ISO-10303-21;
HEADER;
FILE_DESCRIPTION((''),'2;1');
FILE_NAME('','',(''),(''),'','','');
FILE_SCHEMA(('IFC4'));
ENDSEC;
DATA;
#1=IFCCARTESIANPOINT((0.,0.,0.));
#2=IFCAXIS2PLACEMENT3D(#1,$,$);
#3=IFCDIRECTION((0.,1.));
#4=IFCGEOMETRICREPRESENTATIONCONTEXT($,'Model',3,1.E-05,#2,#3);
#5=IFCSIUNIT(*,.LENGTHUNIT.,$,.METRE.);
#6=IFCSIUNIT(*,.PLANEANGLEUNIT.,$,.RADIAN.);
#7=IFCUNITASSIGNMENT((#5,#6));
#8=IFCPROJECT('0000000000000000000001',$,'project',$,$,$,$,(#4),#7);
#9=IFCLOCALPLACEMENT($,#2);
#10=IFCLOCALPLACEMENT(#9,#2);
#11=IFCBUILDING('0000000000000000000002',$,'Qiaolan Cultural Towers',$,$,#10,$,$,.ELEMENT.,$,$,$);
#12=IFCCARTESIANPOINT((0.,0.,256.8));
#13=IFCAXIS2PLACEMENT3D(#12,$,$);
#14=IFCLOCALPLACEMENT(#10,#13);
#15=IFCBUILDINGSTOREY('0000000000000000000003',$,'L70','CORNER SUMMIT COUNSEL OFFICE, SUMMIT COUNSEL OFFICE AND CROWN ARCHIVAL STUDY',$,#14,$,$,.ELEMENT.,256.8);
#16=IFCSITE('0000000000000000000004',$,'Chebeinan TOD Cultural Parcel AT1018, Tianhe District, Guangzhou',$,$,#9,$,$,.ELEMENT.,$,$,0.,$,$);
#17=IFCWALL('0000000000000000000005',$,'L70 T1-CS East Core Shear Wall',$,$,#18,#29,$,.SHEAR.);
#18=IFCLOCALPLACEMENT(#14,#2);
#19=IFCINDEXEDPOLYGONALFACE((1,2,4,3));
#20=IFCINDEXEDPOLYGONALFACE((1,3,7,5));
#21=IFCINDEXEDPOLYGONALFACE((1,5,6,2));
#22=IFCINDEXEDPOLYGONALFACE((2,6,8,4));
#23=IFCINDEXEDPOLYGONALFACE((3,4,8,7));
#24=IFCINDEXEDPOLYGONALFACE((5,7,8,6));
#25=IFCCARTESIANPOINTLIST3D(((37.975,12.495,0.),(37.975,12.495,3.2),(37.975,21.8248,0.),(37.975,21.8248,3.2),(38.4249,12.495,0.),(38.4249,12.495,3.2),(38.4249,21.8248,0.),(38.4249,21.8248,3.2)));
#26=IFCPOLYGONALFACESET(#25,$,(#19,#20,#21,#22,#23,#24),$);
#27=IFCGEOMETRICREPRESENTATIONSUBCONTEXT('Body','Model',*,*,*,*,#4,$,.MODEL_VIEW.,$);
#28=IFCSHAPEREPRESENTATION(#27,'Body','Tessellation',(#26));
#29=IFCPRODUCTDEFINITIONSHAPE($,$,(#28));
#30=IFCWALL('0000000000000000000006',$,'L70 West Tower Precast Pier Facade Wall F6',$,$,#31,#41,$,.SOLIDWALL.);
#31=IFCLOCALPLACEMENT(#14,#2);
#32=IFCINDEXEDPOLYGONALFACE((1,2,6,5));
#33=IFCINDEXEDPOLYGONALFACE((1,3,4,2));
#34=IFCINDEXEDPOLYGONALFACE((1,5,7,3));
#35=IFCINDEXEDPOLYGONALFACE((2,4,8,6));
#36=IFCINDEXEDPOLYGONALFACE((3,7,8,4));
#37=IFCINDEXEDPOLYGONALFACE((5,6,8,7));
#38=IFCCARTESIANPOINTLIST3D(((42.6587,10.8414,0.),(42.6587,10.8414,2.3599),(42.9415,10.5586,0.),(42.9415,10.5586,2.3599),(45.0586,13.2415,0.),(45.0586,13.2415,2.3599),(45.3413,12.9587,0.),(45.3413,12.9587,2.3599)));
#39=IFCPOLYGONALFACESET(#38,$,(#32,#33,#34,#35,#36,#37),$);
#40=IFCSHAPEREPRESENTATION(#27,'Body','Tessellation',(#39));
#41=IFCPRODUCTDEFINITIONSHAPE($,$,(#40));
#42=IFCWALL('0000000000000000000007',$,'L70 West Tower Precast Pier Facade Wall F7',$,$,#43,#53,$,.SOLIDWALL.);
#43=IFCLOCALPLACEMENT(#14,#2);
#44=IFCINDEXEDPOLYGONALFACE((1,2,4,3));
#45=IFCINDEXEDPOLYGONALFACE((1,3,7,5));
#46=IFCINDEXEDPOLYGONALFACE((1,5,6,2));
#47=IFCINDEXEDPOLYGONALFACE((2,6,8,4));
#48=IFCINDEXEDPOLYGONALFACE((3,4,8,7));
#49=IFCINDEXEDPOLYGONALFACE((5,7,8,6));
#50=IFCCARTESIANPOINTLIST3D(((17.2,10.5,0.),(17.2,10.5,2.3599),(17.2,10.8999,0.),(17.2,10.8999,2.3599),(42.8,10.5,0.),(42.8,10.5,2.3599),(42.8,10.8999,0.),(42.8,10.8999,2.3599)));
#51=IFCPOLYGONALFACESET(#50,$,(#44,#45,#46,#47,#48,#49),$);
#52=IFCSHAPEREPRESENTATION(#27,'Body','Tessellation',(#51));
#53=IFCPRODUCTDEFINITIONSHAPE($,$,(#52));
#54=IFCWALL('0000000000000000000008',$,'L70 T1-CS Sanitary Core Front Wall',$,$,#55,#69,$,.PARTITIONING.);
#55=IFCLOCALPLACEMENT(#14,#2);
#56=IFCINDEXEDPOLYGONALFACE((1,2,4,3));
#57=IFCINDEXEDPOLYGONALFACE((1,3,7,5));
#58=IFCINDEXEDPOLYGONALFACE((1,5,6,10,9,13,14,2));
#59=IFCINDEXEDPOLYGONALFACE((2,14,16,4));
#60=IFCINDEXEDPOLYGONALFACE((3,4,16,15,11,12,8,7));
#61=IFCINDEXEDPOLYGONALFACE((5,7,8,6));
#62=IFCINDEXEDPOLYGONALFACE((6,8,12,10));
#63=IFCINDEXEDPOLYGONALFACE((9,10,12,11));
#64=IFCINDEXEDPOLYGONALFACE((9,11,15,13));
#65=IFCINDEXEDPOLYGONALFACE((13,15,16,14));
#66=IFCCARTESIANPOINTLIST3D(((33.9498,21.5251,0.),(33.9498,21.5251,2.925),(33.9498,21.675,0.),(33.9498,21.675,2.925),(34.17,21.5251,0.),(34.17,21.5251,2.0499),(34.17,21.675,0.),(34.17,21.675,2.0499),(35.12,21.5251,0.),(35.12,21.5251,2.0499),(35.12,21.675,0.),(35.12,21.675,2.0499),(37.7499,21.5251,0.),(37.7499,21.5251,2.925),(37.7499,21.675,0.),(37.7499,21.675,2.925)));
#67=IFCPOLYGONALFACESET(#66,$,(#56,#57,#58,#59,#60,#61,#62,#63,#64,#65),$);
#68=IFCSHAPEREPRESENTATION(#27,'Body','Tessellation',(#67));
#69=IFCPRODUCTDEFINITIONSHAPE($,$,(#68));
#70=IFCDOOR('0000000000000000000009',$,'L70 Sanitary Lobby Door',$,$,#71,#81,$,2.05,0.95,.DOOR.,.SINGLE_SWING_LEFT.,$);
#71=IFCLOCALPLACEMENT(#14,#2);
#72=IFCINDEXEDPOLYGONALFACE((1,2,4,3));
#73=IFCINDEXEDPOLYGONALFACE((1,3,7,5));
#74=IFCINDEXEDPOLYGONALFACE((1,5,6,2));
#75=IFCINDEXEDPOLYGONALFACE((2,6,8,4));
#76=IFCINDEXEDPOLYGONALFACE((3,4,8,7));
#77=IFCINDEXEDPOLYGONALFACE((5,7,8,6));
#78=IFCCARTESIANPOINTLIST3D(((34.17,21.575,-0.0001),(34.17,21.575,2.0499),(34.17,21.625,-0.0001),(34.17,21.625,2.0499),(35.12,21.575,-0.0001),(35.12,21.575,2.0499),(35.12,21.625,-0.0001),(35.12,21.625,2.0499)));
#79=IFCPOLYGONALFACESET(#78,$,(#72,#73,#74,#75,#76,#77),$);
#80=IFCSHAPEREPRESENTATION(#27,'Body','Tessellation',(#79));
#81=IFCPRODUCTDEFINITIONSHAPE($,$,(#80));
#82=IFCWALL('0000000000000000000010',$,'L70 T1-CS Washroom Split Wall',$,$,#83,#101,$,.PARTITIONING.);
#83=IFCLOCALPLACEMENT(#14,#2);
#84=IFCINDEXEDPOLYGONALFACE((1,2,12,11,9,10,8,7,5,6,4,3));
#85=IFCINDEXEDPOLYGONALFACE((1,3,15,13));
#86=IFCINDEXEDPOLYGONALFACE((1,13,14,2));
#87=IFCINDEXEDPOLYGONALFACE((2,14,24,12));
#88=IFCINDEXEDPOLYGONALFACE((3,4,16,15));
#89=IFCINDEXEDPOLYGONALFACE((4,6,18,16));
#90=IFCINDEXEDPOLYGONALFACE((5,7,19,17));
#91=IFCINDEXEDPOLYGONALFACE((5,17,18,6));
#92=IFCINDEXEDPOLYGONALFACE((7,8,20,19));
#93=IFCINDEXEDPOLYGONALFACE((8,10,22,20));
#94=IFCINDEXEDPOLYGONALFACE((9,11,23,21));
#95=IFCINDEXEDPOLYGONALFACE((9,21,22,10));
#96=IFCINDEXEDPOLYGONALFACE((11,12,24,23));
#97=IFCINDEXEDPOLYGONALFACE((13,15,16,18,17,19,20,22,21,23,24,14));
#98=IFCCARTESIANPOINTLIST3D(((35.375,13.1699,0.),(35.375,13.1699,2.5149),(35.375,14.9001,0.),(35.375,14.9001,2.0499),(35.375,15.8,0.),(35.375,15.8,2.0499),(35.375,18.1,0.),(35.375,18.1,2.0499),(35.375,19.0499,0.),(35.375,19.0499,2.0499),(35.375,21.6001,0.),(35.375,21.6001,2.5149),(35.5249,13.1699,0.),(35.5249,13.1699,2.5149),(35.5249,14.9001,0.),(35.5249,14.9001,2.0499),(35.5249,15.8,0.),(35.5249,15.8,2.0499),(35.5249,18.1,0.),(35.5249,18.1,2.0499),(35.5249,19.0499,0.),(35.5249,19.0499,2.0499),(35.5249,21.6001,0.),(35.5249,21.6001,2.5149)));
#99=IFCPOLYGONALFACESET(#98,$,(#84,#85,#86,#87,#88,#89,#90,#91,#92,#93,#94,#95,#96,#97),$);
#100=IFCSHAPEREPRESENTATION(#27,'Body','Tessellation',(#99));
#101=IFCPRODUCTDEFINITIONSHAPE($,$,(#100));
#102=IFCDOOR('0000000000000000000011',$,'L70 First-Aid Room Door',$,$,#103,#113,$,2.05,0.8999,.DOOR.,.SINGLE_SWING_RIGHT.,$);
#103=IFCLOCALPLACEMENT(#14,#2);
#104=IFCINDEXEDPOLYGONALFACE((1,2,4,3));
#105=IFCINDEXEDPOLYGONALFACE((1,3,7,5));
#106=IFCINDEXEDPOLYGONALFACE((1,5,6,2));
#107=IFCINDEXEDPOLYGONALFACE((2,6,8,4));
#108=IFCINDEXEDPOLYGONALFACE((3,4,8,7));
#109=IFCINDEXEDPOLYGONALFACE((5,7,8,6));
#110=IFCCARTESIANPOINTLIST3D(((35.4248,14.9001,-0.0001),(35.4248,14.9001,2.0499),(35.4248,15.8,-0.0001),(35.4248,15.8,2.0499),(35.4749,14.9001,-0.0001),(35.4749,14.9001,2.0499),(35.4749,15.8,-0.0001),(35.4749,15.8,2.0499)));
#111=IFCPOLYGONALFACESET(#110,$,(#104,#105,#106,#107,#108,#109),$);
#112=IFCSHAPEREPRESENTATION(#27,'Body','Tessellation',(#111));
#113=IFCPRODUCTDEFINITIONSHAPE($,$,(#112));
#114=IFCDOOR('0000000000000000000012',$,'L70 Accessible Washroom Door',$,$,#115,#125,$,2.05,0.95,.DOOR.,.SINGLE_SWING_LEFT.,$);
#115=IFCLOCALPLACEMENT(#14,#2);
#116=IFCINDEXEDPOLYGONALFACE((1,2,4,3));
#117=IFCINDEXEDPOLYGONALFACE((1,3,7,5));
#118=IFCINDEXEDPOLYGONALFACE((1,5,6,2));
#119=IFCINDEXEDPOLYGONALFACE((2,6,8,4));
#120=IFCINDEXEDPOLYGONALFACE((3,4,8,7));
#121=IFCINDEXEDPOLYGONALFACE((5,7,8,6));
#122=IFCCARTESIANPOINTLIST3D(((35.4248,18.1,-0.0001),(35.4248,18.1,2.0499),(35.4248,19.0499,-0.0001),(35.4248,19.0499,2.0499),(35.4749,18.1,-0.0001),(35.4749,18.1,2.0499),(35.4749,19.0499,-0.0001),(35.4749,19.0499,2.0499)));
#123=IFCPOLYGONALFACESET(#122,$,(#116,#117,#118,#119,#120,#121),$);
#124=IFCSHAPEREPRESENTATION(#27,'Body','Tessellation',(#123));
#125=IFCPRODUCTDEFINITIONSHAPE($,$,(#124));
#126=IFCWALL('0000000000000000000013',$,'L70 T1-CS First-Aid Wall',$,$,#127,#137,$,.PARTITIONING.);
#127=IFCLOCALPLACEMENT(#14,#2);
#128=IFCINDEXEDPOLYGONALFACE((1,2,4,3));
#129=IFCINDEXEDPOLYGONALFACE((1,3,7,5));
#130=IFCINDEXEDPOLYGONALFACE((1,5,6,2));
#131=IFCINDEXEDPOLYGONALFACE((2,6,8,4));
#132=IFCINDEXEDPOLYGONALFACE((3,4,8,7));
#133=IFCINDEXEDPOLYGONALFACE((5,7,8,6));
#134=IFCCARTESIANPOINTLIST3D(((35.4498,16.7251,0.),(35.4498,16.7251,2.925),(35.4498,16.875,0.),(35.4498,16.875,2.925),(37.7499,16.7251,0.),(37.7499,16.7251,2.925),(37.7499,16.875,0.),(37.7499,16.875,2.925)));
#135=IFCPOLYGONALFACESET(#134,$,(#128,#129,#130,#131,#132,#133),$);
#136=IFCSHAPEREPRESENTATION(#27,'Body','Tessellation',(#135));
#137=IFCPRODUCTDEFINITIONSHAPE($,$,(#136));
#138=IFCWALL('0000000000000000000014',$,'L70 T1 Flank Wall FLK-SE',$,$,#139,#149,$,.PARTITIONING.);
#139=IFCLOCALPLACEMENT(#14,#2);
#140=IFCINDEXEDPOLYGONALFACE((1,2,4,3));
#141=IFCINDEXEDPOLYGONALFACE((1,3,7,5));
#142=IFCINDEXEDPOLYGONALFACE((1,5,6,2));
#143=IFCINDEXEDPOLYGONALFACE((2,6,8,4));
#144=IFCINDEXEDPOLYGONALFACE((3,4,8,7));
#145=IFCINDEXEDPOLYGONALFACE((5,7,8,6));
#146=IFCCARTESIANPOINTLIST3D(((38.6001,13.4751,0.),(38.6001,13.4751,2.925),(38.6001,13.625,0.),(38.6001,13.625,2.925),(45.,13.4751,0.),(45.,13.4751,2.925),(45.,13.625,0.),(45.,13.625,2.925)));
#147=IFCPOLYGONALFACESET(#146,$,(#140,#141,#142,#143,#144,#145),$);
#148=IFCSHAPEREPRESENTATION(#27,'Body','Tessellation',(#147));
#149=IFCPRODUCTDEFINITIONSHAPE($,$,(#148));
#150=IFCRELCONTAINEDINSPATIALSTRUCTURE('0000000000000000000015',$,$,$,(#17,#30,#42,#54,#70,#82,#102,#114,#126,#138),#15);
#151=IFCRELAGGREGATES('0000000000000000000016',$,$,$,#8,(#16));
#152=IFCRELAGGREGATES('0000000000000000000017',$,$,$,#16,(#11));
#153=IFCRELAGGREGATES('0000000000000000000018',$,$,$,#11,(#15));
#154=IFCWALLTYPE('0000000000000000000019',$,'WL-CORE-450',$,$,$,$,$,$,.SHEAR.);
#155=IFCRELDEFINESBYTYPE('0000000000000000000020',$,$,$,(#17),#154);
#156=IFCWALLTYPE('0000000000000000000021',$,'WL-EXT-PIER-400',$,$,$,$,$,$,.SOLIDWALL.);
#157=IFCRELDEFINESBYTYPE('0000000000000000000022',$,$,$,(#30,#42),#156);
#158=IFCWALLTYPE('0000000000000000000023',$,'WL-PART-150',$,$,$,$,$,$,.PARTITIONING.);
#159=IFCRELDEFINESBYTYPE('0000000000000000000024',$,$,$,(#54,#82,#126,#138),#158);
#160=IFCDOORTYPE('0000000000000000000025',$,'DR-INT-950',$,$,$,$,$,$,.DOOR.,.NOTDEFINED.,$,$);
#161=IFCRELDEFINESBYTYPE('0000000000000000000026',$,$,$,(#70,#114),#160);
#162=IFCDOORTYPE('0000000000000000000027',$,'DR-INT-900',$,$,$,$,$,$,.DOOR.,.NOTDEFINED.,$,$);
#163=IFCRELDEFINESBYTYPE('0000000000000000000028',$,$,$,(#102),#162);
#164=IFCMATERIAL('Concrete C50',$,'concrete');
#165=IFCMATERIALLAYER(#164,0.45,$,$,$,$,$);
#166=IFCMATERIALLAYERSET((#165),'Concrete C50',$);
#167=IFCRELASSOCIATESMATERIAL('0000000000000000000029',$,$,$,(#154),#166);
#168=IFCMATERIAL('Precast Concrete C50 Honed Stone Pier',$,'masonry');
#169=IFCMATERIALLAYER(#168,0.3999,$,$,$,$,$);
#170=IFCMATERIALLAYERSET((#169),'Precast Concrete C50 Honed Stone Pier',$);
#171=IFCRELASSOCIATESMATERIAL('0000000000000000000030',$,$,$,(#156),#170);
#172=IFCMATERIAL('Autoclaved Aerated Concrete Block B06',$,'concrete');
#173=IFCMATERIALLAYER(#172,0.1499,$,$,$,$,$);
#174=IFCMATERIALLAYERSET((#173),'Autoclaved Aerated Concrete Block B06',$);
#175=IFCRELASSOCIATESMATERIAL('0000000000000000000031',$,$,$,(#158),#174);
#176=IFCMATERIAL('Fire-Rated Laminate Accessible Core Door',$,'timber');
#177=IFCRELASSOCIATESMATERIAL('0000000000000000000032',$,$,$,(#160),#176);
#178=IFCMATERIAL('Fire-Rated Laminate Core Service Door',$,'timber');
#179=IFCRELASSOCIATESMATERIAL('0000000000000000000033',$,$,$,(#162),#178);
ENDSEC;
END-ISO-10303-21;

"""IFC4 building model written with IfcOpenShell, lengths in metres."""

from ifc_helpers import new_model, si_unit, direction, frame, frame_2d, origin, place, context, subcontext, project, spatial, rectangle, extrude, material, layer, layer_set, type_object, element, fill, save


model = new_model("IFC4")

# Units and contexts
model_context = context("Model", 3, precision=1e-05, world=origin(), true_north=direction((0.0, 1.0)))
body_context = subcontext(model_context, "Body", "Model", "MODEL_VIEW")
ifc_project = project(units=[si_unit("LENGTHUNIT", "METRE"), si_unit("PLANEANGLEUNIT", "RADIAN")], contexts=[model_context])

# Site, building, storey
site_placement = place(None, origin())
site = spatial("IfcSite", under=ifc_project, at=site_placement, Name="Chebeinan TOD Cultural Parcel AT1018, Tianhe District, Guangzhou", CompositionType="ELEMENT", RefElevation=0.0)
building_placement = place(site_placement, origin())
building = spatial("IfcBuilding", under=site, at=building_placement, Name="Qiaolan Cultural Towers", CompositionType="ELEMENT")
storey_placement = place(building_placement, frame((0.0, 0.0, 256.8)))
storey = spatial("IfcBuildingStorey", under=building, at=storey_placement, Name="L70", Description="CORNER SUMMIT COUNSEL OFFICE, SUMMIT COUNSEL OFFICE AND CROWN ARCHIVAL STUDY", CompositionType="ELEMENT", Elevation=256.8)

# Walls
ifc_material_1 = material(Name="Concrete C50", Category="concrete")
ifc_layer_1 = layer(ifc_material_1, 0.45)
ifc_layer_set_1 = layer_set([ifc_layer_1], Name="Concrete C50")
wall_type_1 = type_object("IfcWallType", Name="WL-CORE-450", PredefinedType="SHEAR", material=ifc_layer_set_1)
wall_1_placement = place(storey_placement, frame((38.2, 21.825, 0.0), z_axis=(0.0, 0.0, 1.0), x_axis=(0.0, -1.0, 0.0)))
element("IfcWall", 1, at=wall_1_placement, inside=storey, type_object=wall_type_1, Name="L70 T1-CS East Core Shear Wall", PredefinedType="SHEAR", context=body_context, shape_type="SweptSolid", body=[
    extrude(rectangle(XDim=9.3298, YDim=0.45, at=frame_2d((4.665, 0.0))), origin(), (0.0, 0.0, 1.0), 3.2),
])
ifc_material_2 = material(Name="Precast Concrete C50 Honed Stone Pier", Category="masonry")
ifc_layer_2 = layer(ifc_material_2, 0.3999)
ifc_layer_set_2 = layer_set([ifc_layer_2], Name="Precast Concrete C50 Honed Stone Pier")
wall_type_2 = type_object("IfcWallType", Name="WL-EXT-PIER-400", PredefinedType="SOLIDWALL", material=ifc_layer_set_2)
wall_2_placement = place(storey_placement, frame((45.2, 13.1001, 0.0), z_axis=(0.0, 0.0, 1.0), x_axis=(-0.707071, -0.707143, 0.0)))
element("IfcWall", 2, at=wall_2_placement, inside=storey, type_object=wall_type_2, Name="L70 West Tower Precast Pier Facade Wall F6", PredefinedType="SOLIDWALL", context=body_context, shape_type="SweptSolid", body=[
    extrude(rectangle(XDim=3.394, YDim=0.3999, at=frame_2d((1.697, 0.0))), origin(), (0.0, 0.0, 1.0), 2.3599),
])
wall_3_placement = place(storey_placement, frame((42.8, 10.7, 0.0), z_axis=(0.0, 0.0, 1.0), x_axis=(-1.0, 0.0, 0.0)))
element("IfcWall", 3, at=wall_3_placement, inside=storey, type_object=wall_type_2, Name="L70 West Tower Precast Pier Facade Wall F7", PredefinedType="SOLIDWALL", context=body_context, shape_type="SweptSolid", body=[
    extrude(rectangle(XDim=25.6001, YDim=0.3999, at=frame_2d((12.8, 0.0))), origin(), (0.0, 0.0, 1.0), 2.3599),
])

# Wall, opening, door
ifc_material_3 = material(Name="Autoclaved Aerated Concrete Block B06", Category="concrete")
ifc_layer_3 = layer(ifc_material_3, 0.1499)
ifc_layer_set_3 = layer_set([ifc_layer_3], Name="Autoclaved Aerated Concrete Block B06")
wall_type_3 = type_object("IfcWallType", Name="WL-PART-150", PredefinedType="PARTITIONING", material=ifc_layer_set_3)
wall_4_placement = place(storey_placement, frame((33.95, 21.6001, 0.0), z_axis=(0.0, 0.0, 1.0), x_axis=(1.0, 0.0, 0.0)))
wall_4 = element("IfcWall", 4, at=wall_4_placement, inside=storey, type_object=wall_type_3, Name="L70 T1-CS Sanitary Core Front Wall", PredefinedType="PARTITIONING", context=body_context, shape_type="SweptSolid", body=[
    extrude(rectangle(XDim=3.8, YDim=0.1499, at=frame_2d((1.8999, 0.0))), origin(), (0.0, 0.0, 1.0), 2.925),
])
opening_1_placement = place(wall_4_placement, frame((0.22, 0.0, 0.0)))
opening_1 = element("IfcOpeningElement", 5, at=opening_1_placement, cuts=wall_4, PredefinedType="OPENING", context=body_context, shape_type="SweptSolid", body=[
    extrude(rectangle(XDim=0.95, YDim=2.05, at=frame_2d((0.4751, 1.0249))), frame((0.0, 0.085, 0.0), z_axis=(0.0, -1.0, 0.0), x_axis=(1.0, 0.0, 0.0)), (0.0, 0.0, 1.0), 0.1699),
])
ifc_material_4 = material(Name="Fire-Rated Laminate Accessible Core Door", Category="timber")
door_type_1 = type_object("IfcDoorType", Name="DR-INT-950", OperationType="NOTDEFINED", PredefinedType="DOOR", material=ifc_material_4)
door_1_placement = place(opening_1_placement, origin())
door_1 = element("IfcDoor", 6, at=door_1_placement, inside=storey, type_object=door_type_1, Name="L70 Sanitary Lobby Door", OperationType="SINGLE_SWING_LEFT", OverallHeight=2.05, OverallWidth=0.95, PredefinedType="DOOR", context=body_context, shape_type="SweptSolid", body=[
    extrude(rectangle(XDim=0.95, YDim=2.05, at=frame_2d((0.4751, 1.0249))), frame((0.0, 0.0249, 0.0), z_axis=(0.0, -1.0, 0.0), x_axis=(1.0, 0.0, 0.0)), (0.0, 0.0, 1.0), 0.05),
])
fill(opening_1, door_1)

# Wall, openings, doors
wall_5_placement = place(storey_placement, frame((35.45, 21.6001, 0.0), z_axis=(0.0, 0.0, 1.0), x_axis=(0.0, -1.0, 0.0)))
wall_5 = element("IfcWall", 7, at=wall_5_placement, inside=storey, type_object=wall_type_3, Name="L70 T1-CS Washroom Split Wall", PredefinedType="PARTITIONING", context=body_context, shape_type="SweptSolid", body=[
    extrude(rectangle(XDim=8.4302, YDim=0.1499, at=frame_2d((4.2151, 0.0))), origin(), (0.0, 0.0, 1.0), 2.5149),
])
opening_2_placement = place(wall_5_placement, frame((2.55, 0.0, 0.0)))
opening_2 = element("IfcOpeningElement", 8, at=opening_2_placement, cuts=wall_5, PredefinedType="OPENING", context=body_context, shape_type="SweptSolid", body=[
    extrude(rectangle(XDim=0.95, YDim=2.05, at=frame_2d((0.4751, 1.0249))), frame((0.0, 0.085, 0.0), z_axis=(0.0, -1.0, 0.0), x_axis=(1.0, 0.0, 0.0)), (0.0, 0.0, 1.0), 0.1699),
])
opening_3_placement = place(wall_5_placement, frame((5.8, 0.0, 0.0)))
opening_3 = element("IfcOpeningElement", 9, at=opening_3_placement, cuts=wall_5, PredefinedType="OPENING", context=body_context, shape_type="SweptSolid", body=[
    extrude(rectangle(XDim=0.8999, YDim=2.05, at=frame_2d((0.45, 1.0249))), frame((0.0, 0.085, 0.0), z_axis=(0.0, -1.0, 0.0), x_axis=(1.0, 0.0, 0.0)), (0.0, 0.0, 1.0), 0.1699),
])
ifc_material_5 = material(Name="Fire-Rated Laminate Core Service Door", Category="timber")
door_type_2 = type_object("IfcDoorType", Name="DR-INT-900", OperationType="NOTDEFINED", PredefinedType="DOOR", material=ifc_material_5)
door_2_placement = place(opening_3_placement, origin())
door_2 = element("IfcDoor", 10, at=door_2_placement, inside=storey, type_object=door_type_2, Name="L70 First-Aid Room Door", OperationType="SINGLE_SWING_RIGHT", OverallHeight=2.05, OverallWidth=0.8999, PredefinedType="DOOR", context=body_context, shape_type="SweptSolid", body=[
    extrude(rectangle(XDim=0.8999, YDim=2.05, at=frame_2d((0.45, 1.0249))), frame((0.0, 0.0249, 0.0), z_axis=(0.0, -1.0, 0.0), x_axis=(1.0, 0.0, 0.0)), (0.0, 0.0, 1.0), 0.05),
])
fill(opening_3, door_2)
door_3_placement = place(opening_2_placement, origin())
door_3 = element("IfcDoor", 11, at=door_3_placement, inside=storey, type_object=door_type_1, Name="L70 Accessible Washroom Door", OperationType="SINGLE_SWING_LEFT", OverallHeight=2.05, OverallWidth=0.95, PredefinedType="DOOR", context=body_context, shape_type="SweptSolid", body=[
    extrude(rectangle(XDim=0.95, YDim=2.05, at=frame_2d((0.4751, 1.0249))), frame((0.0, 0.0249, 0.0), z_axis=(0.0, -1.0, 0.0), x_axis=(1.0, 0.0, 0.0)), (0.0, 0.0, 1.0), 0.05),
])
fill(opening_2, door_3)

# Walls
wall_6_placement = place(storey_placement, frame((35.45, 16.8, 0.0), z_axis=(0.0, 0.0, 1.0), x_axis=(1.0, 0.0, 0.0)))
element("IfcWall", 12, at=wall_6_placement, inside=storey, type_object=wall_type_3, Name="L70 T1-CS First-Aid Wall", PredefinedType="PARTITIONING", context=body_context, shape_type="SweptSolid", body=[
    extrude(rectangle(XDim=2.3, YDim=0.1499, at=frame_2d((1.1499, 0.0))), origin(), (0.0, 0.0, 1.0), 2.925),
])
wall_7_placement = place(storey_placement, frame((38.6001, 13.55, 0.0), z_axis=(0.0, 0.0, 1.0), x_axis=(1.0, 0.0, 0.0)))
element("IfcWall", 13, at=wall_7_placement, inside=storey, type_object=wall_type_3, Name="L70 T1 Flank Wall FLK-SE", PredefinedType="PARTITIONING", context=body_context, shape_type="SweptSolid", body=[
    extrude(rectangle(XDim=6.3999, YDim=0.1499, at=frame_2d((3.2, 0.0))), origin(), (0.0, 0.0, 1.0), 2.925),
])

save(model, "model.ifc")
